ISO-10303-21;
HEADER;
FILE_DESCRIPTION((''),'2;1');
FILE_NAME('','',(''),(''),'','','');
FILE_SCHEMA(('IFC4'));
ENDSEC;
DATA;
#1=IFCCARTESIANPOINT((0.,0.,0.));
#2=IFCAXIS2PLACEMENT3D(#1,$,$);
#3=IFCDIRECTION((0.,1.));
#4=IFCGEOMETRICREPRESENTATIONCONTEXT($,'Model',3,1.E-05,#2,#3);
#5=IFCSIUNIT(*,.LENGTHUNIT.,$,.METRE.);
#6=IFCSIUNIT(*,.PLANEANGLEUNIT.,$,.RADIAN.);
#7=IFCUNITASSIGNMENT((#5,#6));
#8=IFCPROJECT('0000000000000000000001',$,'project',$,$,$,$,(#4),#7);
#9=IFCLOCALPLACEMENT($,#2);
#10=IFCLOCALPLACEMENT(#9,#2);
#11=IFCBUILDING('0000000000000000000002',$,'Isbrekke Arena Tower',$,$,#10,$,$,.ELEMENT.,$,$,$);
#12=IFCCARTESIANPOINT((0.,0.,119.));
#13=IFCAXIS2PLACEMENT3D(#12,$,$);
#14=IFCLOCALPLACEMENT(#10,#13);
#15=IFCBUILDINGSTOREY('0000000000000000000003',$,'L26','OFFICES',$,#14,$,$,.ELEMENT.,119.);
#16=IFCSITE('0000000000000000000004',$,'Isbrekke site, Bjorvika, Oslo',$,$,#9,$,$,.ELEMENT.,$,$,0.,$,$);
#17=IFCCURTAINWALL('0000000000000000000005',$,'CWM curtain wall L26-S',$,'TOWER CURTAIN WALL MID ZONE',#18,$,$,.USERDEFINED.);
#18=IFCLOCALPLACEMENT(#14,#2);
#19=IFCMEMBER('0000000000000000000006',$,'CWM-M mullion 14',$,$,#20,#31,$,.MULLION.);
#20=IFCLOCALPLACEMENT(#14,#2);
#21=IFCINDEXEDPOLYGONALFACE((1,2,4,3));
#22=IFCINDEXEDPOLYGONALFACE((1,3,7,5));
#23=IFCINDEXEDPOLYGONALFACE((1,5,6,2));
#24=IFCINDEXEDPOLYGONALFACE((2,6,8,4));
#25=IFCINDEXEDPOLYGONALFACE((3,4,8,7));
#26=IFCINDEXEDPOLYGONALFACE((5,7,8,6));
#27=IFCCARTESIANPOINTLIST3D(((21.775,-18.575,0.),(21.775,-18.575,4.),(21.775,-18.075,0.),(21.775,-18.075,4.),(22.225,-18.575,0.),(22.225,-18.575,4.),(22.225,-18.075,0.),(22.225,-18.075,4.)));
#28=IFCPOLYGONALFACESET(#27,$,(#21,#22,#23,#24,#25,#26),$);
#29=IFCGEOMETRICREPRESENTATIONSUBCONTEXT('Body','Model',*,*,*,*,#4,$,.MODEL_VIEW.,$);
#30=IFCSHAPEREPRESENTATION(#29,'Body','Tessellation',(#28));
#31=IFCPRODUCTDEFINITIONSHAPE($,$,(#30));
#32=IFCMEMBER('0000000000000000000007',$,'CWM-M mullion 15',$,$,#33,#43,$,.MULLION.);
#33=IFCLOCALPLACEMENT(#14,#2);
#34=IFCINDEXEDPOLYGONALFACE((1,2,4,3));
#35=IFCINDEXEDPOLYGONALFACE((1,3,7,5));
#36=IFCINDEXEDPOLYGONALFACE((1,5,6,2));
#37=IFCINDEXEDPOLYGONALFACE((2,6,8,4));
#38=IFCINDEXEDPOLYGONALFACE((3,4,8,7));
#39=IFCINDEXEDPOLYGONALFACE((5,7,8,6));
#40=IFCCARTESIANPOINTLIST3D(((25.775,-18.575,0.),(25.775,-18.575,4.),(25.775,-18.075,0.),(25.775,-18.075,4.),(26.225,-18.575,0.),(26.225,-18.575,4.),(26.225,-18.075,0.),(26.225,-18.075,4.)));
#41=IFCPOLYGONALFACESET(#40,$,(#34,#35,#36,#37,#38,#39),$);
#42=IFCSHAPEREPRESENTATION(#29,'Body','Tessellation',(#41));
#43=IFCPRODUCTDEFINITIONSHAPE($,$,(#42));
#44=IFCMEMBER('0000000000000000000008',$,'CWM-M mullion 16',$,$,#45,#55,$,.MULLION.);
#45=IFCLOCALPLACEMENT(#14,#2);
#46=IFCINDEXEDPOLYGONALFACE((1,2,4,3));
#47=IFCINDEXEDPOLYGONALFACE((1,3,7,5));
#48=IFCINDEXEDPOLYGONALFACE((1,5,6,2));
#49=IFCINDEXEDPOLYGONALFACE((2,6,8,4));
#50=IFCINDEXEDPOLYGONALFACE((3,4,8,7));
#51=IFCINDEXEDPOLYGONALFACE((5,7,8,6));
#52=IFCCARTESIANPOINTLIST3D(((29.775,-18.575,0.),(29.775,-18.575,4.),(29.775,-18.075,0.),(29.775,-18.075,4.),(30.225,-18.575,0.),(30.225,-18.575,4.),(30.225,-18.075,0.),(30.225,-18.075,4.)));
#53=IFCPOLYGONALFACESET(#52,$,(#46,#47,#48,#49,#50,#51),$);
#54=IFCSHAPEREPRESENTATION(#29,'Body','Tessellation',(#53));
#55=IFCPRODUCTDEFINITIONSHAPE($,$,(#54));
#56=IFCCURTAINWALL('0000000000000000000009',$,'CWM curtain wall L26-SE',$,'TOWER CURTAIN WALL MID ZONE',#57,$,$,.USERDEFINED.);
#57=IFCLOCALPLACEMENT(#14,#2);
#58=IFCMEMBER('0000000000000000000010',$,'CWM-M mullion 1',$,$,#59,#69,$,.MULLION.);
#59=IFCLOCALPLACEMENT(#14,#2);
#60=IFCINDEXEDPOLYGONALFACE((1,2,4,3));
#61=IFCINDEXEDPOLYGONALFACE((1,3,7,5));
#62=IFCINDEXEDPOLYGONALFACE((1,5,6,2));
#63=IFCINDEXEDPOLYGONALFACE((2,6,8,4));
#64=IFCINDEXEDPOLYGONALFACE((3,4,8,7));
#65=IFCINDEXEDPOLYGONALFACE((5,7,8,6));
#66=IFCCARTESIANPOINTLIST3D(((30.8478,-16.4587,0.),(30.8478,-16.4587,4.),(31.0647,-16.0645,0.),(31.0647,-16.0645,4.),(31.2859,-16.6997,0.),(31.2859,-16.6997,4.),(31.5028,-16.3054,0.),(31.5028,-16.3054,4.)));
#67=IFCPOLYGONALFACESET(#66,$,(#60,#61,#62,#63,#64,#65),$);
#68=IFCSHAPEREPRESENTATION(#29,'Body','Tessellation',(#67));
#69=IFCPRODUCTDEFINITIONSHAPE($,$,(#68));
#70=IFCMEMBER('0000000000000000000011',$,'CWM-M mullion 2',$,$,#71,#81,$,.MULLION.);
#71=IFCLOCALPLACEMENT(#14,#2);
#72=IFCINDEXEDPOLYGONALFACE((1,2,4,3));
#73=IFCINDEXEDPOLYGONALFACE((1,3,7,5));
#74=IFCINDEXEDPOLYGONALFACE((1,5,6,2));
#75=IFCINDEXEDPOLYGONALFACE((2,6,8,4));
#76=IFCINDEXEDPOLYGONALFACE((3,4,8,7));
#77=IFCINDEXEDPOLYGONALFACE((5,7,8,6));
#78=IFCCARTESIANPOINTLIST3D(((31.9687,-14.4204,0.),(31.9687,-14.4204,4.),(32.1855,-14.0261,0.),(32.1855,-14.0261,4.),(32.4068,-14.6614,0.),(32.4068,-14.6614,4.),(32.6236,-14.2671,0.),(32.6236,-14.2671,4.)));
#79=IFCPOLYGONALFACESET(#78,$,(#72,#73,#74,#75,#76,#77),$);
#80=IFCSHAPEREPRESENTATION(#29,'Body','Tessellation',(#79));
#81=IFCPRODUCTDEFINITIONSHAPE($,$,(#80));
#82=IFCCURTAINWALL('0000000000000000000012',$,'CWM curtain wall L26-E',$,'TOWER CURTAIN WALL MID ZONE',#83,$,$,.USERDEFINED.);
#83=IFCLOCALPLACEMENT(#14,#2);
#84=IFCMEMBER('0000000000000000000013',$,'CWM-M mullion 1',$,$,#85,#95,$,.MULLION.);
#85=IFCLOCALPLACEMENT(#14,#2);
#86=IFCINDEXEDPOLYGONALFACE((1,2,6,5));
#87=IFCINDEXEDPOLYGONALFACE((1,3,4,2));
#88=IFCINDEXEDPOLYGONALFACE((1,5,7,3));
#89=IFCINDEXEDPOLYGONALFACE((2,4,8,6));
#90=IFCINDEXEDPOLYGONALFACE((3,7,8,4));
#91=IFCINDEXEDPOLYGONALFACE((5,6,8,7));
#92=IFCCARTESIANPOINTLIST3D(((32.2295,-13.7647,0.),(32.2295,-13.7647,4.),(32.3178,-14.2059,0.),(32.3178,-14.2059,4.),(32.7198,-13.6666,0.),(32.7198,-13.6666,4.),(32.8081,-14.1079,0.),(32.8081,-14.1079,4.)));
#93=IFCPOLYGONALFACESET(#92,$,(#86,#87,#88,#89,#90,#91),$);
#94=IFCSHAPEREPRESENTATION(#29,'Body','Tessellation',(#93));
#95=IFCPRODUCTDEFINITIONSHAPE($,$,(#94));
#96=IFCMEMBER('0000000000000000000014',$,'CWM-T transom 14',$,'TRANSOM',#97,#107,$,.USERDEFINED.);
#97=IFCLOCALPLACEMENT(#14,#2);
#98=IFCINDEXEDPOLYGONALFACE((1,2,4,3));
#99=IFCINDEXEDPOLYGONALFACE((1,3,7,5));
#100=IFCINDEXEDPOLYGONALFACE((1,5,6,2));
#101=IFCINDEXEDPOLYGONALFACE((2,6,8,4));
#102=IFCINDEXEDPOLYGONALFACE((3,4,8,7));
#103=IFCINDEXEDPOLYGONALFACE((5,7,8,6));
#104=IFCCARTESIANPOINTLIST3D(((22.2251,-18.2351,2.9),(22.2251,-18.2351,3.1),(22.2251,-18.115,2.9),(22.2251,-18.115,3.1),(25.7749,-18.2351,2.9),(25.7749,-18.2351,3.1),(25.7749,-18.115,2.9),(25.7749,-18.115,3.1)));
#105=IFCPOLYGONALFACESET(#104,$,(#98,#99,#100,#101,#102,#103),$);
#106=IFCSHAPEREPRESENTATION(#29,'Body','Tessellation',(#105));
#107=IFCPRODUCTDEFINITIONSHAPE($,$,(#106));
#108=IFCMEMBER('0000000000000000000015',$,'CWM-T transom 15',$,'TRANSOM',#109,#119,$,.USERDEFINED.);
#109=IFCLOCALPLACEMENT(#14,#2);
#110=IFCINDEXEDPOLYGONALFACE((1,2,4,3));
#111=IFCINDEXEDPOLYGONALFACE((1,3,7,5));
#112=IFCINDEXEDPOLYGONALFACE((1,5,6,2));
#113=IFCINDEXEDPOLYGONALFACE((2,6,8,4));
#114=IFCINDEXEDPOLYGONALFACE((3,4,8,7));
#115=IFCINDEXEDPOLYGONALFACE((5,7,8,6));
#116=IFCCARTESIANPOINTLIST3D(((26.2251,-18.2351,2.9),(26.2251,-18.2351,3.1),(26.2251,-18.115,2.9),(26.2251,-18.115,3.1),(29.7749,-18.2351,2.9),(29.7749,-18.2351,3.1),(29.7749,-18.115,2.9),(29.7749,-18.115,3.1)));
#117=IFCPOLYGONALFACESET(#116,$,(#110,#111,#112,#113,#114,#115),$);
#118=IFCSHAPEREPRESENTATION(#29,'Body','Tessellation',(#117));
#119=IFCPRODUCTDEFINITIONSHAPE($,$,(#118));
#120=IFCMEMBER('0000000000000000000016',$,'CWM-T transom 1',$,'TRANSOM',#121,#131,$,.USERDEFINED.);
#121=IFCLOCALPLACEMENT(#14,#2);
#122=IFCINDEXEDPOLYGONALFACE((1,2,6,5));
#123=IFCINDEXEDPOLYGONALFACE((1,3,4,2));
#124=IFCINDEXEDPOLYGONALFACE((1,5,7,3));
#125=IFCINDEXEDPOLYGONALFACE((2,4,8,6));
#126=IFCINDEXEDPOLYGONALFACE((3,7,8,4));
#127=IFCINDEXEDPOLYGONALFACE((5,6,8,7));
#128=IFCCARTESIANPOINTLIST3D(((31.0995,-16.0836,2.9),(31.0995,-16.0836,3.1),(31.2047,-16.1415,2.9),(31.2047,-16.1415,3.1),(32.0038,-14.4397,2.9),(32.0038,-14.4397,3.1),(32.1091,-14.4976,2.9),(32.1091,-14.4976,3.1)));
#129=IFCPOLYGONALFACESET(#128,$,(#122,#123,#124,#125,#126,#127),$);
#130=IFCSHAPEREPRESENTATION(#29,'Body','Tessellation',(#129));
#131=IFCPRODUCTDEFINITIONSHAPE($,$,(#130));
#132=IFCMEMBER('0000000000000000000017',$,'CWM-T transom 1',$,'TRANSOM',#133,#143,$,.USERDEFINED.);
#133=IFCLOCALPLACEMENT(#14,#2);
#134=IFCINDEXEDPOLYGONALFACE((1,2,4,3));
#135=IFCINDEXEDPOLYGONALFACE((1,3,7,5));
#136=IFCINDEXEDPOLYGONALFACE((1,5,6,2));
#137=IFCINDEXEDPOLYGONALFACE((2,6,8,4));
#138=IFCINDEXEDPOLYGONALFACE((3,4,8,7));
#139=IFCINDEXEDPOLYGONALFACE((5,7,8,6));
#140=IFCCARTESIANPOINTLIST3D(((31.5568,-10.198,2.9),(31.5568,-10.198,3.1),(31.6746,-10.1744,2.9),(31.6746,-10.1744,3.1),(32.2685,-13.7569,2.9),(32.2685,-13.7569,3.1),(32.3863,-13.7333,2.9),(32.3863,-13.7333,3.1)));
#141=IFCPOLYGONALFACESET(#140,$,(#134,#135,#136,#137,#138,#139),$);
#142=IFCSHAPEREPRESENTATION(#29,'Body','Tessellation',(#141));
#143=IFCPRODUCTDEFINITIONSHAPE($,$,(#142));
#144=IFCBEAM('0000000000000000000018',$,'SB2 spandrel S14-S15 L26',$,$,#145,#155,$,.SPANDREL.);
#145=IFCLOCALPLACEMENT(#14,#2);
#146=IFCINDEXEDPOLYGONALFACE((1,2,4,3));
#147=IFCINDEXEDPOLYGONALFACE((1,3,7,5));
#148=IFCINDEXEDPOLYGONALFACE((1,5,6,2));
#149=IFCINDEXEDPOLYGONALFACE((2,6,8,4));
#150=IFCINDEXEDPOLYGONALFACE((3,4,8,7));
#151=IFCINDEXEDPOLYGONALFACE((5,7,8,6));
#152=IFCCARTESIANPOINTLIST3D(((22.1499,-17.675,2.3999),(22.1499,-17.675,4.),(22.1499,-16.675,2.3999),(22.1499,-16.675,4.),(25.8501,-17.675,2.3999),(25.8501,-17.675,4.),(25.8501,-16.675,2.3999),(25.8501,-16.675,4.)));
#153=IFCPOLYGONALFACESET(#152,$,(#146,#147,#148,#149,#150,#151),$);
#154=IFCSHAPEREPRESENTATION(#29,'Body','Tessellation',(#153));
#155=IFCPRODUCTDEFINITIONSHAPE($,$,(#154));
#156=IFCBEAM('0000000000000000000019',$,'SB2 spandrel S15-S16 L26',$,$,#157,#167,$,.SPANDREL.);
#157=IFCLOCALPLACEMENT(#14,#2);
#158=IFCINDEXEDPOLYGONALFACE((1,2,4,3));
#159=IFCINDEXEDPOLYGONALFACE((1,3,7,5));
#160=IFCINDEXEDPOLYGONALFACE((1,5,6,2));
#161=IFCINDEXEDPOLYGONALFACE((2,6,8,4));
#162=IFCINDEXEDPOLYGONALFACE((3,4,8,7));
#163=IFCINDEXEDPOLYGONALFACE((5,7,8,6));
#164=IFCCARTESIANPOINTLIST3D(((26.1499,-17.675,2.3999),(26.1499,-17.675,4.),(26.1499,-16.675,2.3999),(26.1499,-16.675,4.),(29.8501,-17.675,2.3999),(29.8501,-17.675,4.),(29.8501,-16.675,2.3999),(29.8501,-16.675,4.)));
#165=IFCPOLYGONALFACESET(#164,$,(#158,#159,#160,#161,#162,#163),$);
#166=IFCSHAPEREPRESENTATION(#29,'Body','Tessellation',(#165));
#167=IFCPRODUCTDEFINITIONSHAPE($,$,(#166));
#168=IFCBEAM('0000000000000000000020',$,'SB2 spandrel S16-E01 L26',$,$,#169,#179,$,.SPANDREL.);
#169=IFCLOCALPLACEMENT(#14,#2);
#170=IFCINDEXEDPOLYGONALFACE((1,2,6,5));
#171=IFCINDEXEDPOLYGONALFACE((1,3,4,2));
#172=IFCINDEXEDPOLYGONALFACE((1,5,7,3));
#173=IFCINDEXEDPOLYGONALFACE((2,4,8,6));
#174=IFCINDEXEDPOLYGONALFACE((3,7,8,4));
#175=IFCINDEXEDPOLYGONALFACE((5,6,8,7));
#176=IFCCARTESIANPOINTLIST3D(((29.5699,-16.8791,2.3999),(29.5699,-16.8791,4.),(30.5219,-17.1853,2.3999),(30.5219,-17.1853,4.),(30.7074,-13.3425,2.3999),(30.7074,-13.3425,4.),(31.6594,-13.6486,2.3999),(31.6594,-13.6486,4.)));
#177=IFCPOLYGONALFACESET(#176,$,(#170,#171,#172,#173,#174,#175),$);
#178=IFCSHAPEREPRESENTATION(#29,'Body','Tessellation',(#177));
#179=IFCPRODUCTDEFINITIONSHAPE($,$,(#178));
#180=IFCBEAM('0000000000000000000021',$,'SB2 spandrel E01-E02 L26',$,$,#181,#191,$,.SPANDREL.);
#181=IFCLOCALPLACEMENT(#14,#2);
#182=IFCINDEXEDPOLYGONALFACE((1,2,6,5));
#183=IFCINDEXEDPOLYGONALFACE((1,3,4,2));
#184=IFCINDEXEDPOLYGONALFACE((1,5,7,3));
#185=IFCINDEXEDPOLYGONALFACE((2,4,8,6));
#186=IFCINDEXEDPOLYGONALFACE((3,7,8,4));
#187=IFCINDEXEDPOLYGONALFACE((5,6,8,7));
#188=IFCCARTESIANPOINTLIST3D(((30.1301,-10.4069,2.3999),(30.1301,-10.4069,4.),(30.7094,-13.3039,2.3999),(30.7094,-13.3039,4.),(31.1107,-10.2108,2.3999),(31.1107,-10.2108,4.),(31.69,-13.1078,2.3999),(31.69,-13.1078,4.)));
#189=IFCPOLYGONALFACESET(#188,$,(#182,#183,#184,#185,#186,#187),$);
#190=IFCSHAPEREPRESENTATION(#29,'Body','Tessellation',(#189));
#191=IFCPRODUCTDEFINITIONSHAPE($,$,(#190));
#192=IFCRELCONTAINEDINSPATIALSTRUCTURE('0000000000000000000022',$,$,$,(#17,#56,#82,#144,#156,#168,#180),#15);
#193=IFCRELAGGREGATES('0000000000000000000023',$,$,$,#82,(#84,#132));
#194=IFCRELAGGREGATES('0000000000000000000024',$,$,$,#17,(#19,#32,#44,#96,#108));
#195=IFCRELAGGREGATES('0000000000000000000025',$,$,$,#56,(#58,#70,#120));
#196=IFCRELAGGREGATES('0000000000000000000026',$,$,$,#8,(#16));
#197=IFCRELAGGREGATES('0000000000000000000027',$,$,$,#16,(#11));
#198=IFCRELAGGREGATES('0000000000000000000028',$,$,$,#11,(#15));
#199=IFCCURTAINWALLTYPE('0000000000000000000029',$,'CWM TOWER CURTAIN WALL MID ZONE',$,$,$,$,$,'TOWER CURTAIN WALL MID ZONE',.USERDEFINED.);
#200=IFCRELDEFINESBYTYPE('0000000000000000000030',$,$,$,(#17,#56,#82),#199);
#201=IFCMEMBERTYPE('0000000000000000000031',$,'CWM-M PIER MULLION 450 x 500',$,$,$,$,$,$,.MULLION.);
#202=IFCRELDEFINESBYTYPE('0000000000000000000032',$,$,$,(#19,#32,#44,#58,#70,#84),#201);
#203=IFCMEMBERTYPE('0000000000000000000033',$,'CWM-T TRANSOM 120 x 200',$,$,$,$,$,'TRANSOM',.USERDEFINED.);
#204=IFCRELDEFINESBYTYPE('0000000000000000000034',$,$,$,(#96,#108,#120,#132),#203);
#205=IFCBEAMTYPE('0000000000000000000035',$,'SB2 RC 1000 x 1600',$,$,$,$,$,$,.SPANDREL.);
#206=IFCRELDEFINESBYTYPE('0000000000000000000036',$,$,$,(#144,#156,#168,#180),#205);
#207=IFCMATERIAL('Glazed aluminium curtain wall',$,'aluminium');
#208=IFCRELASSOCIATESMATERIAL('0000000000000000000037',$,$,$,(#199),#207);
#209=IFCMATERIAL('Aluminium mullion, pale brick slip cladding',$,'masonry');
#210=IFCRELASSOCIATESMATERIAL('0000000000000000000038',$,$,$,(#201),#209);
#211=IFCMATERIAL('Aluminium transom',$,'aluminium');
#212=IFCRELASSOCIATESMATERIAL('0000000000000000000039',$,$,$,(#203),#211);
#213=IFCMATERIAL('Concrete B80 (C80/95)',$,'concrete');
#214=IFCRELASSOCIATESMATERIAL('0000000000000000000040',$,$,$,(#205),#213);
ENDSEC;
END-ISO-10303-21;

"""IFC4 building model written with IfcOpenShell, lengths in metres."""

from ifc_helpers import new_model, si_unit, direction, frame, origin, origin_2d, place, context, subcontext, project, spatial, rectangle, extrude, material, material_profile, profile_set, type_object, element, aggregate, save


model = new_model("IFC4")

# Units and contexts
model_context = context("Model", 3, precision=1e-05, world=origin(), true_north=direction((0.0, 1.0)))
body_context = subcontext(model_context, "Body", "Model", "MODEL_VIEW")
ifc_project = project(units=[si_unit("LENGTHUNIT", "METRE"), si_unit("PLANEANGLEUNIT", "RADIAN")], contexts=[model_context])

# Site, building, storey
site_placement = place(None, origin())
site = spatial("IfcSite", under=ifc_project, at=site_placement, Name="Isbrekke site, Bjorvika, Oslo", CompositionType="ELEMENT", RefElevation=0.0)
building_placement = place(site_placement, origin())
building = spatial("IfcBuilding", under=site, at=building_placement, Name="Isbrekke Arena Tower", CompositionType="ELEMENT")
storey_placement = place(building_placement, frame((0.0, 0.0, 119.0)))
storey = spatial("IfcBuildingStorey", under=building, at=storey_placement, Name="L26", Description="OFFICES", CompositionType="ELEMENT", Elevation=119.0)

# Curtain walls, members
ifc_material_1 = material(Name="Glazed aluminium curtain wall", Category="aluminium")
curtain_wall_type = type_object("IfcCurtainWallType", Name="CWM TOWER CURTAIN WALL MID ZONE", ElementType="TOWER CURTAIN WALL MID ZONE", PredefinedType="USERDEFINED", material=ifc_material_1)
curtain_wall_1_placement = place(storey_placement, origin())
curtain_wall_1 = element("IfcCurtainWall", 1, at=curtain_wall_1_placement, inside=storey, type_object=curtain_wall_type, Name="CWM curtain wall L26-S", ObjectType="TOWER CURTAIN WALL MID ZONE", PredefinedType="USERDEFINED")
ifc_material_2 = material(Name="Aluminium mullion, pale brick slip cladding", Category="masonry")
ifc_material_profile_1 = material_profile(ifc_material_2, rectangle(XDim=0.45, YDim=0.5, at=origin_2d()), Name="PIER 450X500")
ifc_profile_set_1 = profile_set([ifc_material_profile_1], Name="Aluminium mullion, pale brick slip cladding")
member_type_1 = type_object("IfcMemberType", Name="CWM-M PIER MULLION 450 x 500", PredefinedType="MULLION", material=ifc_profile_set_1)
member_1_placement = place(storey_placement, frame((22.0, -18.325, 0.0), z_axis=(0.0, 0.0, 1.0), x_axis=(1.0, 0.0, 0.0)))
member_1 = element("IfcMember", 2, at=member_1_placement, type_object=member_type_1, Name="CWM-M mullion 14", PredefinedType="MULLION", context=body_context, shape_type="SweptSolid", body=[
    extrude(rectangle(XDim=0.45, YDim=0.5, at=origin_2d()), origin(), (0.0, 0.0, 1.0), 4.0),
])
member_2_placement = place(storey_placement, frame((26.0, -18.325, 0.0), z_axis=(0.0, 0.0, 1.0), x_axis=(1.0, 0.0, 0.0)))
member_2 = element("IfcMember", 3, at=member_2_placement, type_object=member_type_1, Name="CWM-M mullion 15", PredefinedType="MULLION", context=body_context, shape_type="SweptSolid", body=[
    extrude(rectangle(XDim=0.45, YDim=0.5, at=origin_2d()), origin(), (0.0, 0.0, 1.0), 4.0),
])
member_3_placement = place(storey_placement, frame((30.0, -18.325, 0.0), z_axis=(0.0, 0.0, 1.0), x_axis=(1.0, 0.0, 0.0)))
member_3 = element("IfcMember", 4, at=member_3_placement, type_object=member_type_1, Name="CWM-M mullion 16", PredefinedType="MULLION", context=body_context, shape_type="SweptSolid", body=[
    extrude(rectangle(XDim=0.45, YDim=0.5, at=origin_2d()), origin(), (0.0, 0.0, 1.0), 4.0),
])
curtain_wall_2_placement = place(storey_placement, origin())
curtain_wall_2 = element("IfcCurtainWall", 5, at=curtain_wall_2_placement, inside=storey, type_object=curtain_wall_type, Name="CWM curtain wall L26-SE", ObjectType="TOWER CURTAIN WALL MID ZONE", PredefinedType="USERDEFINED")
member_4_placement = place(storey_placement, frame((31.1753, -16.3821, 0.0), z_axis=(0.0, 0.0, 1.0), x_axis=(0.481919, 0.876216, 0.0)))
member_4 = element("IfcMember", 6, at=member_4_placement, type_object=member_type_1, Name="CWM-M mullion 1", PredefinedType="MULLION", context=body_context, shape_type="SweptSolid", body=[
    extrude(rectangle(XDim=0.45, YDim=0.5, at=origin_2d()), origin(), (0.0, 0.0, 1.0), 4.0),
])
member_5_placement = place(storey_placement, frame((32.2961, -14.3438, 0.0), z_axis=(0.0, 0.0, 1.0), x_axis=(0.481919, 0.876216, 0.0)))
member_5 = element("IfcMember", 7, at=member_5_placement, type_object=member_type_1, Name="CWM-M mullion 2", PredefinedType="MULLION", context=body_context, shape_type="SweptSolid", body=[
    extrude(rectangle(XDim=0.45, YDim=0.5, at=origin_2d()), origin(), (0.0, 0.0, 1.0), 4.0),
])

# Curtain wall, member
curtain_wall_3_placement = place(storey_placement, origin())
curtain_wall_3 = element("IfcCurtainWall", 8, at=curtain_wall_3_placement, inside=storey, type_object=curtain_wall_type, Name="CWM curtain wall L26-E", ObjectType="TOWER CURTAIN WALL MID ZONE", PredefinedType="USERDEFINED")
member_6_placement = place(storey_placement, frame((32.5188, -13.9363, 0.0), z_axis=(0.0, 0.0, 1.0), x_axis=(-0.196116, 0.980581, 0.0)))
member_6 = element("IfcMember", 9, at=member_6_placement, type_object=member_type_1, Name="CWM-M mullion 1", PredefinedType="MULLION", context=body_context, shape_type="SweptSolid", body=[
    extrude(rectangle(XDim=0.45, YDim=0.5, at=origin_2d()), origin(), (0.0, 0.0, 1.0), 4.0),
])

# Members
ifc_material_3 = material(Name="Aluminium transom", Category="aluminium")
ifc_material_profile_2 = material_profile(ifc_material_3, rectangle(XDim=0.1201, YDim=0.2, at=origin_2d()), Name="TRANSOM 120X200")
ifc_profile_set_2 = profile_set([ifc_material_profile_2], Name="Aluminium transom")
member_type_2 = type_object("IfcMemberType", Name="CWM-T TRANSOM 120 x 200", ElementType="TRANSOM", PredefinedType="USERDEFINED", material=ifc_profile_set_2)
member_7_placement = place(storey_placement, frame((22.2251, -18.175, 3.0), z_axis=(1.0, 0.0, 0.0), x_axis=(0.0, 1.0, 0.0)))
member_7 = element("IfcMember", 10, at=member_7_placement, type_object=member_type_2, Name="CWM-T transom 14", ObjectType="TRANSOM", PredefinedType="USERDEFINED", context=body_context, shape_type="SweptSolid", body=[
    extrude(rectangle(XDim=0.1201, YDim=0.2, at=origin_2d()), origin(), (0.0, 0.0, 1.0), 3.5498),
])
member_8_placement = place(storey_placement, frame((26.2251, -18.175, 3.0), z_axis=(1.0, 0.0, 0.0), x_axis=(0.0, 1.0, 0.0)))
member_8 = element("IfcMember", 11, at=member_8_placement, type_object=member_type_2, Name="CWM-T transom 15", ObjectType="TRANSOM", PredefinedType="USERDEFINED", context=body_context, shape_type="SweptSolid", body=[
    extrude(rectangle(XDim=0.1201, YDim=0.2, at=origin_2d()), origin(), (0.0, 0.0, 1.0), 3.5498),
])
member_9_placement = place(storey_placement, frame((31.1521, -16.1125, 3.0), z_axis=(0.482004, 0.876169, 0.0), x_axis=(-0.876169, 0.482004, 0.0)))
member_9 = element("IfcMember", 12, at=member_9_placement, type_object=member_type_2, Name="CWM-T transom 1", ObjectType="TRANSOM", PredefinedType="USERDEFINED", context=body_context, shape_type="SweptSolid", body=[
    extrude(rectangle(XDim=0.1201, YDim=0.2, at=origin_2d()), origin(), (0.0, 0.0, 1.0), 1.8762),
])
member_10_placement = place(storey_placement, frame((32.3274, -13.7451, 3.0), z_axis=(-0.19609, 0.980586, 0.0), x_axis=(-0.980586, -0.19609, 0.0)))
member_10 = element("IfcMember", 13, at=member_10_placement, type_object=member_type_2, Name="CWM-T transom 1", ObjectType="TRANSOM", PredefinedType="USERDEFINED", context=body_context, shape_type="SweptSolid", body=[
    extrude(rectangle(XDim=0.1201, YDim=0.2, at=origin_2d()), origin(), (0.0, 0.0, 1.0), 3.6294),
])
aggregate(curtain_wall_3, [member_6, member_10])

# Beams
ifc_material_4 = material(Name="Concrete B80 (C80/95)", Category="concrete")
ifc_material_profile_3 = material_profile(ifc_material_4, rectangle(XDim=1.0, YDim=1.6001, at=origin_2d()), Name="RC 1000x1600")
ifc_profile_set_3 = profile_set([ifc_material_profile_3], Name="Concrete B80 (C80/95)")
beam_type_1 = type_object("IfcBeamType", Name="SB2 RC 1000 x 1600", PredefinedType="SPANDREL", material=ifc_profile_set_3)
for number, where, z_axis, x_axis, name in (
    (14, (22.1499, -17.175, 3.2), (1.0, 0.0, 0.0), (0.0, 1.0, 0.0), "SB2 spandrel S14-S15 L26"),
    (15, (26.1499, -17.175, 3.2), (1.0, 0.0, 0.0), (0.0, 1.0, 0.0), "SB2 spandrel S15-S16 L26"),
):
    element("IfcBeam", number, at=place(storey_placement, frame(where, z_axis=z_axis, x_axis=x_axis)), inside=storey, type_object=beam_type_1, Name=name, PredefinedType="SPANDREL", context=body_context, shape_type="SweptSolid", body=[
        extrude(rectangle(XDim=1.0, YDim=1.6001, at=origin_2d()), origin(), (0.0, 0.0, 1.0), 3.7002),
    ])
beam_1_placement = place(storey_placement, frame((30.0459, -17.0322, 3.2), z_axis=(0.306175, 0.951975, 0.0), x_axis=(-0.951975, 0.306175, 0.0)))
element("IfcBeam", 16, at=beam_1_placement, inside=storey, type_object=beam_type_1, Name="SB2 spandrel S16-E01 L26", PredefinedType="SPANDREL", context=body_context, shape_type="SweptSolid", body=[
    extrude(rectangle(XDim=1.0, YDim=1.6001, at=origin_2d()), origin(), (0.0, 0.0, 1.0), 3.7151),
])
beam_2_placement = place(storey_placement, frame((31.1997, -13.2058, 3.2), z_axis=(-0.1961, 0.980584, 0.0), x_axis=(-0.980584, -0.1961, 0.0)))
element("IfcBeam", 17, at=beam_2_placement, inside=storey, type_object=beam_type_1, Name="SB2 spandrel E01-E02 L26", PredefinedType="SPANDREL", context=body_context, shape_type="SweptSolid", body=[
    extrude(rectangle(XDim=1.0, YDim=1.6001, at=origin_2d()), origin(), (0.0, 0.0, 1.0), 2.9543),
])

aggregate(curtain_wall_1, [member_1, member_2, member_3, member_7, member_8])
aggregate(curtain_wall_2, [member_4, member_5, member_9])

save(model, "model.ifc")
